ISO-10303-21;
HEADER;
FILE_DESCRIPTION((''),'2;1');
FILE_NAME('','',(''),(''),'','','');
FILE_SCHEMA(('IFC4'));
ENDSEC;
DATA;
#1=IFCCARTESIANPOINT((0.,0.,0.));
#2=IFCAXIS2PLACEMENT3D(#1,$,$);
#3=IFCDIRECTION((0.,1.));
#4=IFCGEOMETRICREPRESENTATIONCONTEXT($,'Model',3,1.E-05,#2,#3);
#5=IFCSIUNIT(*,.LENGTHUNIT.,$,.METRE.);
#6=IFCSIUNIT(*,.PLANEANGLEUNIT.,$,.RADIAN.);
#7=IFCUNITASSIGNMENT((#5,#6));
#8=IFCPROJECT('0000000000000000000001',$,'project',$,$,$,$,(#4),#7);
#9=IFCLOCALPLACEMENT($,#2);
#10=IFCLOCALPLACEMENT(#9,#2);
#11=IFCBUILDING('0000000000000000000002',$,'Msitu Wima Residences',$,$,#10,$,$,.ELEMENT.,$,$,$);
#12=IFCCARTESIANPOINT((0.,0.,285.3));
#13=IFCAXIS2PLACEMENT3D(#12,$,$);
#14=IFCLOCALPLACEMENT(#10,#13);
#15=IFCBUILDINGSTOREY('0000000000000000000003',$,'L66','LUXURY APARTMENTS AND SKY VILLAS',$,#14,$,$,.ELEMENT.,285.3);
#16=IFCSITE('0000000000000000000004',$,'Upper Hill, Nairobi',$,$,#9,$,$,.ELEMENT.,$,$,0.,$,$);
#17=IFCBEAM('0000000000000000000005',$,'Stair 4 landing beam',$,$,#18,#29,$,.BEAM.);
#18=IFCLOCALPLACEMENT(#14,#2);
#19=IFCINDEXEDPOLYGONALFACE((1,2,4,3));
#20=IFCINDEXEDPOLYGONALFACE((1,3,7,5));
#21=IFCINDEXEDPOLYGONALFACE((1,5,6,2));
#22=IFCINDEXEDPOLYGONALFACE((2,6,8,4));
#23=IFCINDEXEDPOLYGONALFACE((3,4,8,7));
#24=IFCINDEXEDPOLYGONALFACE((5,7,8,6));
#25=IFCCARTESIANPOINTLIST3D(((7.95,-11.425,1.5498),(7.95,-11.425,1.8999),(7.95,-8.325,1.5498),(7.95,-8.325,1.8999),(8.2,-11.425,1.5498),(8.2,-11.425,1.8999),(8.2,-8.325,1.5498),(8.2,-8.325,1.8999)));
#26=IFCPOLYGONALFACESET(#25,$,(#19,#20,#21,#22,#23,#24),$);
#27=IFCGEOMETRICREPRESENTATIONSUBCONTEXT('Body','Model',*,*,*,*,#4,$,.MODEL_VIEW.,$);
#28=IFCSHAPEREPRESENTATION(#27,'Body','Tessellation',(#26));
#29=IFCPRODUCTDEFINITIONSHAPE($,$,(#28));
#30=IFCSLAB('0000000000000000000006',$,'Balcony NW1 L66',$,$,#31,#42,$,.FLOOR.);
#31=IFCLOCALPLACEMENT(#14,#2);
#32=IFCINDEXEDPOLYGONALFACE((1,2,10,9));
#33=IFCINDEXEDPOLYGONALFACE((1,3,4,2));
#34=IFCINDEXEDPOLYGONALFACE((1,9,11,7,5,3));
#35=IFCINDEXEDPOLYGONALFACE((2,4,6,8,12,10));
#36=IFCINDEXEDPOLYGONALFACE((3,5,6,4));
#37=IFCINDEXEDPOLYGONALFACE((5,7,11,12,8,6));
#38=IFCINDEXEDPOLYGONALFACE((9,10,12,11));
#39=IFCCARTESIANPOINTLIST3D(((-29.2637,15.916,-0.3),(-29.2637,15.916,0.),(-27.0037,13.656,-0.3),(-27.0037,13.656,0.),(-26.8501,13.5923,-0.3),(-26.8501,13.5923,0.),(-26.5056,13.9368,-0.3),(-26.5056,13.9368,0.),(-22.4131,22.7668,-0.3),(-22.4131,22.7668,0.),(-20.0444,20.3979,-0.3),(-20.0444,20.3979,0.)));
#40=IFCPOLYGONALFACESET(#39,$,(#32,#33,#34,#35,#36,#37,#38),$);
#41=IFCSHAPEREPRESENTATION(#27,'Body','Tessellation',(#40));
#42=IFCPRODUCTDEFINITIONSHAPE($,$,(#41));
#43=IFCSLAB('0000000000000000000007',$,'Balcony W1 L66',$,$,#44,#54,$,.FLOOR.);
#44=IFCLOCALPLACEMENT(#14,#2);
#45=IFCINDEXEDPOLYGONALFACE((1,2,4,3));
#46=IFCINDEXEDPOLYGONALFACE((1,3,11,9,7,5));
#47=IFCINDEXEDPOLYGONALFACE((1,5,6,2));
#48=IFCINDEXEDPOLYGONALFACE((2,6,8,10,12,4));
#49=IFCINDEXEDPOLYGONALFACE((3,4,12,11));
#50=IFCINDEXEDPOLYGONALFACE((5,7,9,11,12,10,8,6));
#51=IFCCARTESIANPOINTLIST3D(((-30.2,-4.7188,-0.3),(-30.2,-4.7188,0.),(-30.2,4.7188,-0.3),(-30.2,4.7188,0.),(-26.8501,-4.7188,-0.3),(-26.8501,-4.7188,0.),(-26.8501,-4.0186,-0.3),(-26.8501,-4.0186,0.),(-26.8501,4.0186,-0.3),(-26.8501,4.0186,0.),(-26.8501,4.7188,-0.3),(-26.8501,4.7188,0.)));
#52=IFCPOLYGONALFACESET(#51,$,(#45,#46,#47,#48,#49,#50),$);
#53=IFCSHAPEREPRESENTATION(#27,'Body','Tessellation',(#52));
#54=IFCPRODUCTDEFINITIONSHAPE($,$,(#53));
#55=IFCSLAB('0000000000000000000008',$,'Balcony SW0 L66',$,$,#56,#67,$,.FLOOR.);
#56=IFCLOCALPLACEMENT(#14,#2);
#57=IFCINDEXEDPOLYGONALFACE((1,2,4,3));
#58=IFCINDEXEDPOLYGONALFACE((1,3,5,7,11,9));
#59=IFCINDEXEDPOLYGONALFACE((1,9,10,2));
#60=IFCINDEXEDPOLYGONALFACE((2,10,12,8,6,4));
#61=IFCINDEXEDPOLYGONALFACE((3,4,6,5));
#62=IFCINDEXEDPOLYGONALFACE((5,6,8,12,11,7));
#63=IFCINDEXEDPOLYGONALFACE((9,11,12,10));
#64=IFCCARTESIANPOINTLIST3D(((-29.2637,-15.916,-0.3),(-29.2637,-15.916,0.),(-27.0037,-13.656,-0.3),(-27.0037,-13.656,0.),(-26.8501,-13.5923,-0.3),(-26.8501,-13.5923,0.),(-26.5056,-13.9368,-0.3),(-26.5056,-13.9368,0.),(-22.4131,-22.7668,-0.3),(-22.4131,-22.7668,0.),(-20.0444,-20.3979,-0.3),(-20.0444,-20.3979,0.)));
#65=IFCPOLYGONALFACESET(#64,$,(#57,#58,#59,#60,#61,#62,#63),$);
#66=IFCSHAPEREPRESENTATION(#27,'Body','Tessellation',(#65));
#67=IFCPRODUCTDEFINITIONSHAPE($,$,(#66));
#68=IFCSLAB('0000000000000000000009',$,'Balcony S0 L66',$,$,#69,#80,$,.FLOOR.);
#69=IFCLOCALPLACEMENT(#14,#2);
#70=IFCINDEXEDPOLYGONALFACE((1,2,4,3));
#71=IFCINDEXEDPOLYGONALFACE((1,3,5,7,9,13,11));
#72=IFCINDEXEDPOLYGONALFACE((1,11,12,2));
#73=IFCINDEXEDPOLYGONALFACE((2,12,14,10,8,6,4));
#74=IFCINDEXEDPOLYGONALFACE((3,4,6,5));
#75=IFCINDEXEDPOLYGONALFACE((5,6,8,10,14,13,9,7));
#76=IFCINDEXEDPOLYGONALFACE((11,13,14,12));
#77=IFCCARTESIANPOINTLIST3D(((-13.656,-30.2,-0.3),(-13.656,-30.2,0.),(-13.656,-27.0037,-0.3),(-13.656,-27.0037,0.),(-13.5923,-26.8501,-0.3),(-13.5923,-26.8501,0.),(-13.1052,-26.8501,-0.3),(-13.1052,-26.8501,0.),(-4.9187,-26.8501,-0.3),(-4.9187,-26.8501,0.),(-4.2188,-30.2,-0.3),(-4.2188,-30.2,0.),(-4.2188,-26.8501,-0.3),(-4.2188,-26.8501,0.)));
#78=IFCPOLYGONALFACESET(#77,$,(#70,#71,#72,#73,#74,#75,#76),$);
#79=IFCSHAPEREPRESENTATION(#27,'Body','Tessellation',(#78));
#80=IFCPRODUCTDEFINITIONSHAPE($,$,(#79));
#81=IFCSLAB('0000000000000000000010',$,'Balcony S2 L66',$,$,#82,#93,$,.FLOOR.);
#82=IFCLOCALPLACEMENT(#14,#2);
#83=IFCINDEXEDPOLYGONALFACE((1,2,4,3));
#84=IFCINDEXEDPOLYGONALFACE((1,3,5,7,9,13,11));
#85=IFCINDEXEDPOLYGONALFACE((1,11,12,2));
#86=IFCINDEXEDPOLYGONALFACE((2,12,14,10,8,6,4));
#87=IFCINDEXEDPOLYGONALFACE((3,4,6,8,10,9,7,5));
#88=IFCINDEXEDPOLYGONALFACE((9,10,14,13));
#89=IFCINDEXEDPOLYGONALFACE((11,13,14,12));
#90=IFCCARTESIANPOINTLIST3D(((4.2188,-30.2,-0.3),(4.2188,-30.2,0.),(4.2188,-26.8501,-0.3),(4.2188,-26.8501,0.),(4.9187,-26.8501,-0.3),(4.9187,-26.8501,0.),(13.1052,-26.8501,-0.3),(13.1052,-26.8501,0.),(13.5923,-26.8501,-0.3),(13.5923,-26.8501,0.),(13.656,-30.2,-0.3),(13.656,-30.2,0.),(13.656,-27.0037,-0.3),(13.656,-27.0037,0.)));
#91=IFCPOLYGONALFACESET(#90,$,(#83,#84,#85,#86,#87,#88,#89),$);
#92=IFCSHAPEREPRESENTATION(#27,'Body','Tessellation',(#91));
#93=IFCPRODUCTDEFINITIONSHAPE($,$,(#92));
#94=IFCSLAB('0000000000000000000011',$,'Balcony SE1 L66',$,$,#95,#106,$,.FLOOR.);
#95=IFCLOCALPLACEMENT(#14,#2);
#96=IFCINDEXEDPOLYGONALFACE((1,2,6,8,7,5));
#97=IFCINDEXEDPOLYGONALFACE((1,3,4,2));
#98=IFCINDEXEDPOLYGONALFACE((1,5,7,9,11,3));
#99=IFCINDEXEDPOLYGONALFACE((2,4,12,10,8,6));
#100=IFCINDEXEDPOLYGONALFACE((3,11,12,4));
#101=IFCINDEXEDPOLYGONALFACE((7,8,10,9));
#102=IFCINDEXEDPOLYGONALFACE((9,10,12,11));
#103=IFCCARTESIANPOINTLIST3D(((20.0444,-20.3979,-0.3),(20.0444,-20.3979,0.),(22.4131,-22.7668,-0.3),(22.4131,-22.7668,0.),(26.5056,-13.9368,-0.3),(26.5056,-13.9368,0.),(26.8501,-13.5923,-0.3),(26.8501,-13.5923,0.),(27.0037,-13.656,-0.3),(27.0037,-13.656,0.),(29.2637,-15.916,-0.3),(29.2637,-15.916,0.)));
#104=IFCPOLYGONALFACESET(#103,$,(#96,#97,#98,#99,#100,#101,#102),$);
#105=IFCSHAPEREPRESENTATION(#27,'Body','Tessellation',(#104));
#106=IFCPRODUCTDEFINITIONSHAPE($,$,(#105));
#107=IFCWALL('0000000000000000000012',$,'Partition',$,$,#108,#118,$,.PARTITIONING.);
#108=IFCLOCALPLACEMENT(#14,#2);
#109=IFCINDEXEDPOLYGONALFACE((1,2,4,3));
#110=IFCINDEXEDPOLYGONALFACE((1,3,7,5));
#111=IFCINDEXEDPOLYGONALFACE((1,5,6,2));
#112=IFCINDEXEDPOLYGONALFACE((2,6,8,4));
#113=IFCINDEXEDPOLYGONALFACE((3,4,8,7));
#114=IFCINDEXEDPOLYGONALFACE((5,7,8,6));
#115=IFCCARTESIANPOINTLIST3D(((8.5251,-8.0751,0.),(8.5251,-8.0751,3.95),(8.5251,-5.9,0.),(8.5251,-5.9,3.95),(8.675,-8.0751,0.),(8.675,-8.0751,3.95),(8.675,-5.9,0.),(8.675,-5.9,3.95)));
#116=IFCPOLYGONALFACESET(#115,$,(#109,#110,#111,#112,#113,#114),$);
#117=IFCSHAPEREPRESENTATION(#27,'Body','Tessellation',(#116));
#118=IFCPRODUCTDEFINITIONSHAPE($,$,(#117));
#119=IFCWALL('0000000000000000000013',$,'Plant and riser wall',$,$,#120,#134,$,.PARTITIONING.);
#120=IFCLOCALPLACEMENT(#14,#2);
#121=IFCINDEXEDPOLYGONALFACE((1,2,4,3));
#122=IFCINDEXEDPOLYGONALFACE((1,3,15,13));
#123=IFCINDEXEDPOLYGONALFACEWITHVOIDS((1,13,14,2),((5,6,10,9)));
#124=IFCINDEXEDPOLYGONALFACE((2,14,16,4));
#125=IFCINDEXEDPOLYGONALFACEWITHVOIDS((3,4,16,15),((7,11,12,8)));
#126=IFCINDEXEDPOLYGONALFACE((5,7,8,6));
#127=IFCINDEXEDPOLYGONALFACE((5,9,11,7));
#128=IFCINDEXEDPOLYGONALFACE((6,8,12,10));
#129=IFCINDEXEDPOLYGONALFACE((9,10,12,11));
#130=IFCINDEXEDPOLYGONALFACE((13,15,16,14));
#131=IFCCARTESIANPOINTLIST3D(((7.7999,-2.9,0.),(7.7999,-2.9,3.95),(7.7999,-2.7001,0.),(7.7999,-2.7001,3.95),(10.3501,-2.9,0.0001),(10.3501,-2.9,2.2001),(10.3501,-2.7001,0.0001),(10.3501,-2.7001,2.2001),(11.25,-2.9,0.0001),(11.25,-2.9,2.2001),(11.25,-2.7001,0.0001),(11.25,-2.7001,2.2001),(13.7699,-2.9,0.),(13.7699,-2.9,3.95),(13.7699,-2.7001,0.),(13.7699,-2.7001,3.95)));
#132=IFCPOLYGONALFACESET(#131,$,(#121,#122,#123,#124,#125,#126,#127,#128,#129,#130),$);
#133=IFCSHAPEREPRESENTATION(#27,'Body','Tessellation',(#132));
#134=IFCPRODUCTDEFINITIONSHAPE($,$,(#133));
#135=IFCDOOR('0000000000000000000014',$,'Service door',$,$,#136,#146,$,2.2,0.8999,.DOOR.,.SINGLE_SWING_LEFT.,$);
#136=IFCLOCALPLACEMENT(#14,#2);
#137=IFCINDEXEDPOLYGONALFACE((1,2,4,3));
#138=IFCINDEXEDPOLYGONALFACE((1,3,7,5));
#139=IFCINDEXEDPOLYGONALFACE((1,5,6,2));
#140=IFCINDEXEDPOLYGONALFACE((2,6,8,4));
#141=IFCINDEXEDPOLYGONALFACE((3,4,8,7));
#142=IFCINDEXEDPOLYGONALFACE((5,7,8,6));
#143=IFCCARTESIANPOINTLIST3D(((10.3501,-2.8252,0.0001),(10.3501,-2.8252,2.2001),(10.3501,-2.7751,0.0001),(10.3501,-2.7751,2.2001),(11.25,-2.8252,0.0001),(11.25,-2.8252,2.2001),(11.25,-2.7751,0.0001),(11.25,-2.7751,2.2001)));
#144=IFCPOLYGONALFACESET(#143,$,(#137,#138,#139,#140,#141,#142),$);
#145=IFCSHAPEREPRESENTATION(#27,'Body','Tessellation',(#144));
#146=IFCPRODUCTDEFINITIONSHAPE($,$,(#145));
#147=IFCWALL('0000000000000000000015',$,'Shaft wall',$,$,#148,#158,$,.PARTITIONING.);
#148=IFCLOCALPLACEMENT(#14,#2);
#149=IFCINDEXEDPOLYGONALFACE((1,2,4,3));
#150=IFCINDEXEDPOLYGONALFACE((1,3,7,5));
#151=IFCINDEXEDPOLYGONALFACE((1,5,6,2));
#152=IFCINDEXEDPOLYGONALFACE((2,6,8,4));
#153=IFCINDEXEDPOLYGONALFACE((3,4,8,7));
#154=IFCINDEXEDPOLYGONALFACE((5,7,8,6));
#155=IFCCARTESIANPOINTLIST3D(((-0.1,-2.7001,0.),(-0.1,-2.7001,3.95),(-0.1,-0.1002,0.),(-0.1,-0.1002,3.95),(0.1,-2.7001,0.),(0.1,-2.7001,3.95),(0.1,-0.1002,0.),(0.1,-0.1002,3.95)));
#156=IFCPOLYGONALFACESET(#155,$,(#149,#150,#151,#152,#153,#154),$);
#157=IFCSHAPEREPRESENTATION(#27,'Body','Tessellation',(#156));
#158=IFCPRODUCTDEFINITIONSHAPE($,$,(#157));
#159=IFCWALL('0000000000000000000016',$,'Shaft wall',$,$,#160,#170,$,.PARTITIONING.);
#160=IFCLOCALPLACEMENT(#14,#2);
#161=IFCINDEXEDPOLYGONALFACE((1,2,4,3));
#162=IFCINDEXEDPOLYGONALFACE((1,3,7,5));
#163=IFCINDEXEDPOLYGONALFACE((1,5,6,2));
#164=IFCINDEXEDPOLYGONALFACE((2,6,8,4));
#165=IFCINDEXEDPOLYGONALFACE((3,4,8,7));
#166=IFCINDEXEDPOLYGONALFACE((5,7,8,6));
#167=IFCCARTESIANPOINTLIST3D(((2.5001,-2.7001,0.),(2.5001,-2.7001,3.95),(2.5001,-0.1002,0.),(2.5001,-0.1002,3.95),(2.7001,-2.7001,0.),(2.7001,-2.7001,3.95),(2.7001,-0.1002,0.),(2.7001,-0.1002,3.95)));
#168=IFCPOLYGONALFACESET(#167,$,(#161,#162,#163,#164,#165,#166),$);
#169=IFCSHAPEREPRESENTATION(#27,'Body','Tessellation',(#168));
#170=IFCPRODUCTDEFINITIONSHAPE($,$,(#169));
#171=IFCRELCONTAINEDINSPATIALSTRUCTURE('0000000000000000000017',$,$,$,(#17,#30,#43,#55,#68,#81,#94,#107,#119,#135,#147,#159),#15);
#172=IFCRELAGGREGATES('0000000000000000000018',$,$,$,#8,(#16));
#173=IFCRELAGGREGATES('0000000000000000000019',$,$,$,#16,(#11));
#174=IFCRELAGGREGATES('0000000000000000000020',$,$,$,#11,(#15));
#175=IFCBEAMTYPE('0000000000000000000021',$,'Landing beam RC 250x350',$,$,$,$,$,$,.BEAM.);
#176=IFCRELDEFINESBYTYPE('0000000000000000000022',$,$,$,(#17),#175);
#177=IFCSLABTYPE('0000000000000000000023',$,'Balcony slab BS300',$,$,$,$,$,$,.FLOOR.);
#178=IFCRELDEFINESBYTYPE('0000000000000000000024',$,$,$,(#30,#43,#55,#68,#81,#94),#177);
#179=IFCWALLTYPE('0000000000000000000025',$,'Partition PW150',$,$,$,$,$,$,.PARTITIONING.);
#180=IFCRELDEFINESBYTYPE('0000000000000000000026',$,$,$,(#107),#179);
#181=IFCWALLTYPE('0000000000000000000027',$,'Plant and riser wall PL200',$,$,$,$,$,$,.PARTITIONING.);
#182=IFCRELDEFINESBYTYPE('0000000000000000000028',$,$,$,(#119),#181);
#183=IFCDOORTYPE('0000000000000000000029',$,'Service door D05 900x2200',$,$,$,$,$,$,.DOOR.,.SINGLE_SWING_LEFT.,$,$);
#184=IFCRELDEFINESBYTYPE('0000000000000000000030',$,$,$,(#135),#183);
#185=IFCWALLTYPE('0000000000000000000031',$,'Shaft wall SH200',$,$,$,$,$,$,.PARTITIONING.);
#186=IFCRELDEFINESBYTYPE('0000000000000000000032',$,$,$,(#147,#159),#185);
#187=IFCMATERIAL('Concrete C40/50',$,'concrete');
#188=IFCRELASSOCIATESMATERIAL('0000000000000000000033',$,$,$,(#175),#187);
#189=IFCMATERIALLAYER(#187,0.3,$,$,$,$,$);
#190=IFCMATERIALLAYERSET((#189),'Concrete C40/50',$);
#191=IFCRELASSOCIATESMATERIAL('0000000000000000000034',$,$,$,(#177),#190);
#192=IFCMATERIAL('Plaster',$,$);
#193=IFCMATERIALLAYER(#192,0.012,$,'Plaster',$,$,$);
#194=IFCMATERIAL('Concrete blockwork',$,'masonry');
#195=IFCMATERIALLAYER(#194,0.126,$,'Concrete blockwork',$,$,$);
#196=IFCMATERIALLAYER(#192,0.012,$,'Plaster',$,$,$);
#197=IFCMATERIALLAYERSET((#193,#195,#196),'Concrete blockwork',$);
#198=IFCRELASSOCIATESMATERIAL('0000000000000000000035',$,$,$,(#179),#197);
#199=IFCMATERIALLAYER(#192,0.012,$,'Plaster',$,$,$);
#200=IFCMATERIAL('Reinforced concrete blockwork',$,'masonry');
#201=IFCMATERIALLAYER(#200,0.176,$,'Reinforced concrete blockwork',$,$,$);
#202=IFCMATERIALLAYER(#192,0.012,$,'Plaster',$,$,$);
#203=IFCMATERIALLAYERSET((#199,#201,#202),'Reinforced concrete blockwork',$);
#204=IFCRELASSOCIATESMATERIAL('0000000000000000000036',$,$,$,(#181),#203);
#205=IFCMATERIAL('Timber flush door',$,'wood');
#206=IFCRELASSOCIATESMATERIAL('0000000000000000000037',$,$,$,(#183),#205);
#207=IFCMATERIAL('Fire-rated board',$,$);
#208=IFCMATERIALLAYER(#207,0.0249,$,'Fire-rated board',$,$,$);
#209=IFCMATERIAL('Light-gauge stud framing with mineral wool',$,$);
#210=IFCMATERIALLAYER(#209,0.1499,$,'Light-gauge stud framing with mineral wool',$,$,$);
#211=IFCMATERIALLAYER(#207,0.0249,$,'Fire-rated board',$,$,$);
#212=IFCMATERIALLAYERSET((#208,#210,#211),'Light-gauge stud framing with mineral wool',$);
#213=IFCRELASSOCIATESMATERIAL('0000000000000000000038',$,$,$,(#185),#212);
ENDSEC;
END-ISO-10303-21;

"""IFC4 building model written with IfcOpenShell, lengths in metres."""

from ifc_helpers import new_model, si_unit, direction, frame, frame_2d, origin, origin_2d, place, context, subcontext, project, spatial, polyline, rectangle, outline, extrude, material, layer, layer_set, material_profile, profile_set, type_object, element, fill, save


model = new_model("IFC4")

# Units and contexts
model_context = context("Model", 3, precision=1e-05, world=origin(), true_north=direction((0.0, 1.0)))
body_context = subcontext(model_context, "Body", "Model", "MODEL_VIEW")
ifc_project = project(units=[si_unit("LENGTHUNIT", "METRE"), si_unit("PLANEANGLEUNIT", "RADIAN")], contexts=[model_context])

# Site, building, storey
site_placement = place(None, origin())
site = spatial("IfcSite", under=ifc_project, at=site_placement, Name="Upper Hill, Nairobi", CompositionType="ELEMENT", RefElevation=0.0)
building_placement = place(site_placement, origin())
building = spatial("IfcBuilding", under=site, at=building_placement, Name="Msitu Wima Residences", CompositionType="ELEMENT")
storey_placement = place(building_placement, frame((0.0, 0.0, 285.3)))
storey = spatial("IfcBuildingStorey", under=building, at=storey_placement, Name="L66", Description="LUXURY APARTMENTS AND SKY VILLAS", CompositionType="ELEMENT", Elevation=285.3)

# Beam
ifc_material_1 = material(Name="Concrete C40/50", Category="concrete")
ifc_material_profile = material_profile(ifc_material_1, rectangle(XDim=0.25, YDim=0.3501, at=origin_2d()), Name="RC 250x350")
ifc_profile_set = profile_set([ifc_material_profile], Name="Concrete C40/50")
beam_type = type_object("IfcBeamType", Name="Landing beam RC 250x350", PredefinedType="BEAM", material=ifc_profile_set)
beam_placement = place(storey_placement, frame((8.075, -11.425, 1.7249), z_axis=(0.0, 1.0, 0.0), x_axis=(-1.0, 0.0, 0.0)))
element("IfcBeam", 1, at=beam_placement, inside=storey, type_object=beam_type, Name="Stair 4 landing beam", PredefinedType="BEAM", context=body_context, shape_type="SweptSolid", body=[
    extrude(rectangle(XDim=0.25, YDim=0.3501, at=origin_2d()), origin(), (0.0, 0.0, 1.0), 3.1001),
])

# Slabs
ifc_layer_1 = layer(ifc_material_1, 0.3)
ifc_layer_set_1 = layer_set([ifc_layer_1], Name="Concrete C40/50")
slab_type = type_object("IfcSlabType", Name="Balcony slab BS300", PredefinedType="FLOOR", material=ifc_layer_set_1)
slab_1_placement = place(storey_placement, frame((0.0, 0.0, -0.3)))
element("IfcSlab", 2, at=slab_1_placement, inside=storey, type_object=slab_type, Name="Balcony NW1 L66", PredefinedType="FLOOR", context=body_context, shape_type="SweptSolid", body=[
    extrude(outline(polyline([(-26.5056, 13.9368), (-26.5056, 13.9368), (-26.8501, 13.5923), (-27.0037, 13.656), (-29.2637, 15.916), (-22.4131, 22.7668), (-20.0444, 20.3979), (-26.5056, 13.9368), (-26.5056, 13.9368)])), origin(), (0.0, 0.0, 1.0), 0.3),
])
slab_2_placement = place(storey_placement, frame((0.0, 0.0, -0.3)))
element("IfcSlab", 3, at=slab_2_placement, inside=storey, type_object=slab_type, Name="Balcony W1 L66", PredefinedType="FLOOR", context=body_context, shape_type="SweptSolid", body=[
    extrude(outline(polyline([(-26.8501, 4.0186), (-26.8501, -4.0186), (-26.8501, -4.7188), (-30.2, -4.7188), (-30.2, 4.7188), (-26.8501, 4.7188), (-26.8501, 4.0186)])), origin(), (0.0, 0.0, 1.0), 0.3),
])
slab_3_placement = place(storey_placement, frame((0.0, 0.0, -0.3)))
element("IfcSlab", 4, at=slab_3_placement, inside=storey, type_object=slab_type, Name="Balcony SW0 L66", PredefinedType="FLOOR", context=body_context, shape_type="SweptSolid", body=[
    extrude(outline(polyline([(-26.5056, -13.9368), (-26.5056, -13.9368), (-20.0444, -20.3979), (-22.4131, -22.7668), (-29.2637, -15.916), (-27.0037, -13.656), (-26.8501, -13.5923), (-26.5056, -13.9368), (-26.5056, -13.9368)])), origin(), (0.0, 0.0, 1.0), 0.3),
])
slab_4_placement = place(storey_placement, frame((0.0, 0.0, -0.3)))
element("IfcSlab", 5, at=slab_4_placement, inside=storey, type_object=slab_type, Name="Balcony S0 L66", PredefinedType="FLOOR", context=body_context, shape_type="SweptSolid", body=[
    extrude(outline(polyline([(-13.1052, -26.8501), (-13.1052, -26.8501), (-4.9187, -26.8501), (-4.2188, -26.8501), (-4.2188, -30.2), (-13.656, -30.2), (-13.656, -27.0037), (-13.5923, -26.8501), (-13.1052, -26.8501), (-13.1052, -26.8501)])), origin(), (0.0, 0.0, 1.0), 0.3),
])
slab_5_placement = place(storey_placement, frame((0.0, 0.0, -0.3)))
element("IfcSlab", 6, at=slab_5_placement, inside=storey, type_object=slab_type, Name="Balcony S2 L66", PredefinedType="FLOOR", context=body_context, shape_type="SweptSolid", body=[
    extrude(outline(polyline([(13.1052, -26.8501), (13.1052, -26.8501), (13.1052, -26.8501), (13.5923, -26.8501), (13.656, -27.0037), (13.656, -30.2), (4.2188, -30.2), (4.2188, -26.8501), (4.9187, -26.8501), (13.1052, -26.8501)])), origin(), (0.0, 0.0, 1.0), 0.3),
])
slab_6_placement = place(storey_placement, frame((0.0, 0.0, -0.3)))
element("IfcSlab", 7, at=slab_6_placement, inside=storey, type_object=slab_type, Name="Balcony SE1 L66", PredefinedType="FLOOR", context=body_context, shape_type="SweptSolid", body=[
    extrude(outline(polyline([(26.5056, -13.9368), (26.5056, -13.9368), (26.8501, -13.5923), (27.0037, -13.656), (29.2637, -15.916), (22.4131, -22.7668), (20.0444, -20.3979), (26.5056, -13.9368), (26.5056, -13.9368)])), origin(), (0.0, 0.0, 1.0), 0.3),
])

# Wall
ifc_material_2 = material(Name="Plaster")
ifc_layer_2 = layer(ifc_material_2, 0.012, Name="Plaster")
ifc_material_3 = material(Name="Concrete blockwork", Category="masonry")
ifc_layer_3 = layer(ifc_material_3, 0.126, Name="Concrete blockwork")
ifc_layer_4 = layer(ifc_material_2, 0.012, Name="Plaster")
ifc_layer_set_2 = layer_set([ifc_layer_2, ifc_layer_3, ifc_layer_4], Name="Concrete blockwork")
wall_type_1 = type_object("IfcWallType", Name="Partition PW150", PredefinedType="PARTITIONING", material=ifc_layer_set_2)
wall_1_placement = place(storey_placement, frame((8.6001, -8.075, 0.0), z_axis=(0.0, 0.0, 1.0), x_axis=(0.0, 1.0, 0.0)))
element("IfcWall", 8, at=wall_1_placement, inside=storey, type_object=wall_type_1, Name="Partition", PredefinedType="PARTITIONING", context=body_context, shape_type="SweptSolid", body=[
    extrude(rectangle(XDim=2.175, YDim=0.1499, at=frame_2d((1.0874, 0.0))), origin(), (0.0, 0.0, 1.0), 3.95),
])

# Wall, opening, door
ifc_layer_5 = layer(ifc_material_2, 0.012, Name="Plaster")
ifc_material_4 = material(Name="Reinforced concrete blockwork", Category="masonry")
ifc_layer_6 = layer(ifc_material_4, 0.176, Name="Reinforced concrete blockwork")
ifc_layer_7 = layer(ifc_material_2, 0.012, Name="Plaster")
ifc_layer_set_3 = layer_set([ifc_layer_5, ifc_layer_6, ifc_layer_7], Name="Reinforced concrete blockwork")
wall_type_2 = type_object("IfcWallType", Name="Plant and riser wall PL200", PredefinedType="PARTITIONING", material=ifc_layer_set_3)
wall_2_placement = place(storey_placement, frame((7.8, -2.8, 0.0), z_axis=(0.0, 0.0, 1.0), x_axis=(1.0, 0.0, 0.0)))
wall_2 = element("IfcWall", 9, at=wall_2_placement, inside=storey, type_object=wall_type_2, Name="Plant and riser wall", PredefinedType="PARTITIONING", context=body_context, shape_type="SweptSolid", body=[
    extrude(rectangle(XDim=5.97, YDim=0.2, at=frame_2d((2.9849, 0.0))), origin(), (0.0, 0.0, 1.0), 3.95),
])
opening_placement = place(wall_2_placement, frame((2.55, 0.0, 0.0)))
opening = element("IfcOpeningElement", 10, at=opening_placement, cuts=wall_2, PredefinedType="OPENING", context=body_context, shape_type="SweptSolid", body=[
    extrude(rectangle(XDim=0.8999, YDim=2.2, at=frame_2d((0.45, 1.1001))), frame((0.0, 0.1099, 0.0), z_axis=(0.0, -1.0, 0.0), x_axis=(1.0, 0.0, 0.0)), (0.0, 0.0, 1.0), 0.22),
])
ifc_material_5 = material(Name="Timber flush door", Category="wood")
door_type = type_object("IfcDoorType", Name="Service door D05 900x2200", OperationType="SINGLE_SWING_LEFT", PredefinedType="DOOR", material=ifc_material_5)
door_placement = place(opening_placement, origin())
door = element("IfcDoor", 11, at=door_placement, inside=storey, type_object=door_type, Name="Service door", OperationType="SINGLE_SWING_LEFT", OverallHeight=2.2, OverallWidth=0.8999, PredefinedType="DOOR", context=body_context, shape_type="SweptSolid", body=[
    extrude(rectangle(XDim=0.8999, YDim=2.2, at=frame_2d((0.45, 1.1001))), frame((0.0, 0.0249, 0.0), z_axis=(0.0, -1.0, 0.0), x_axis=(1.0, 0.0, 0.0)), (0.0, 0.0, 1.0), 0.05),
])
fill(opening, door)

# Walls
ifc_material_6 = material(Name="Fire-rated board")
ifc_layer_8 = layer(ifc_material_6, 0.0249, Name="Fire-rated board")
ifc_material_7 = material(Name="Light-gauge stud framing with mineral wool")
ifc_layer_9 = layer(ifc_material_7, 0.1499, Name="Light-gauge stud framing with mineral wool")
ifc_layer_10 = layer(ifc_material_6, 0.0249, Name="Fire-rated board")
ifc_layer_set_4 = layer_set([ifc_layer_8, ifc_layer_9, ifc_layer_10], Name="Light-gauge stud framing with mineral wool")
wall_type_3 = type_object("IfcWallType", Name="Shaft wall SH200", PredefinedType="PARTITIONING", material=ifc_layer_set_4)
for number, where, z_axis, x_axis, name in (
    (12, (0.0, -2.7, 0.0), (0.0, 0.0, 1.0), (0.0, 1.0, 0.0), "Shaft wall"),
    (13, (2.6001, -2.7, 0.0), (0.0, 0.0, 1.0), (0.0, 1.0, 0.0), "Shaft wall"),
):
    element("IfcWall", number, at=place(storey_placement, frame(where, z_axis=z_axis, x_axis=x_axis)), inside=storey, type_object=wall_type_3, Name=name, PredefinedType="PARTITIONING", context=body_context, shape_type="SweptSolid", body=[
        extrude(rectangle(XDim=2.5999, YDim=0.2, at=frame_2d((1.2998, 0.0))), origin(), (0.0, 0.0, 1.0), 3.95),
    ])

save(model, "model.ifc")
